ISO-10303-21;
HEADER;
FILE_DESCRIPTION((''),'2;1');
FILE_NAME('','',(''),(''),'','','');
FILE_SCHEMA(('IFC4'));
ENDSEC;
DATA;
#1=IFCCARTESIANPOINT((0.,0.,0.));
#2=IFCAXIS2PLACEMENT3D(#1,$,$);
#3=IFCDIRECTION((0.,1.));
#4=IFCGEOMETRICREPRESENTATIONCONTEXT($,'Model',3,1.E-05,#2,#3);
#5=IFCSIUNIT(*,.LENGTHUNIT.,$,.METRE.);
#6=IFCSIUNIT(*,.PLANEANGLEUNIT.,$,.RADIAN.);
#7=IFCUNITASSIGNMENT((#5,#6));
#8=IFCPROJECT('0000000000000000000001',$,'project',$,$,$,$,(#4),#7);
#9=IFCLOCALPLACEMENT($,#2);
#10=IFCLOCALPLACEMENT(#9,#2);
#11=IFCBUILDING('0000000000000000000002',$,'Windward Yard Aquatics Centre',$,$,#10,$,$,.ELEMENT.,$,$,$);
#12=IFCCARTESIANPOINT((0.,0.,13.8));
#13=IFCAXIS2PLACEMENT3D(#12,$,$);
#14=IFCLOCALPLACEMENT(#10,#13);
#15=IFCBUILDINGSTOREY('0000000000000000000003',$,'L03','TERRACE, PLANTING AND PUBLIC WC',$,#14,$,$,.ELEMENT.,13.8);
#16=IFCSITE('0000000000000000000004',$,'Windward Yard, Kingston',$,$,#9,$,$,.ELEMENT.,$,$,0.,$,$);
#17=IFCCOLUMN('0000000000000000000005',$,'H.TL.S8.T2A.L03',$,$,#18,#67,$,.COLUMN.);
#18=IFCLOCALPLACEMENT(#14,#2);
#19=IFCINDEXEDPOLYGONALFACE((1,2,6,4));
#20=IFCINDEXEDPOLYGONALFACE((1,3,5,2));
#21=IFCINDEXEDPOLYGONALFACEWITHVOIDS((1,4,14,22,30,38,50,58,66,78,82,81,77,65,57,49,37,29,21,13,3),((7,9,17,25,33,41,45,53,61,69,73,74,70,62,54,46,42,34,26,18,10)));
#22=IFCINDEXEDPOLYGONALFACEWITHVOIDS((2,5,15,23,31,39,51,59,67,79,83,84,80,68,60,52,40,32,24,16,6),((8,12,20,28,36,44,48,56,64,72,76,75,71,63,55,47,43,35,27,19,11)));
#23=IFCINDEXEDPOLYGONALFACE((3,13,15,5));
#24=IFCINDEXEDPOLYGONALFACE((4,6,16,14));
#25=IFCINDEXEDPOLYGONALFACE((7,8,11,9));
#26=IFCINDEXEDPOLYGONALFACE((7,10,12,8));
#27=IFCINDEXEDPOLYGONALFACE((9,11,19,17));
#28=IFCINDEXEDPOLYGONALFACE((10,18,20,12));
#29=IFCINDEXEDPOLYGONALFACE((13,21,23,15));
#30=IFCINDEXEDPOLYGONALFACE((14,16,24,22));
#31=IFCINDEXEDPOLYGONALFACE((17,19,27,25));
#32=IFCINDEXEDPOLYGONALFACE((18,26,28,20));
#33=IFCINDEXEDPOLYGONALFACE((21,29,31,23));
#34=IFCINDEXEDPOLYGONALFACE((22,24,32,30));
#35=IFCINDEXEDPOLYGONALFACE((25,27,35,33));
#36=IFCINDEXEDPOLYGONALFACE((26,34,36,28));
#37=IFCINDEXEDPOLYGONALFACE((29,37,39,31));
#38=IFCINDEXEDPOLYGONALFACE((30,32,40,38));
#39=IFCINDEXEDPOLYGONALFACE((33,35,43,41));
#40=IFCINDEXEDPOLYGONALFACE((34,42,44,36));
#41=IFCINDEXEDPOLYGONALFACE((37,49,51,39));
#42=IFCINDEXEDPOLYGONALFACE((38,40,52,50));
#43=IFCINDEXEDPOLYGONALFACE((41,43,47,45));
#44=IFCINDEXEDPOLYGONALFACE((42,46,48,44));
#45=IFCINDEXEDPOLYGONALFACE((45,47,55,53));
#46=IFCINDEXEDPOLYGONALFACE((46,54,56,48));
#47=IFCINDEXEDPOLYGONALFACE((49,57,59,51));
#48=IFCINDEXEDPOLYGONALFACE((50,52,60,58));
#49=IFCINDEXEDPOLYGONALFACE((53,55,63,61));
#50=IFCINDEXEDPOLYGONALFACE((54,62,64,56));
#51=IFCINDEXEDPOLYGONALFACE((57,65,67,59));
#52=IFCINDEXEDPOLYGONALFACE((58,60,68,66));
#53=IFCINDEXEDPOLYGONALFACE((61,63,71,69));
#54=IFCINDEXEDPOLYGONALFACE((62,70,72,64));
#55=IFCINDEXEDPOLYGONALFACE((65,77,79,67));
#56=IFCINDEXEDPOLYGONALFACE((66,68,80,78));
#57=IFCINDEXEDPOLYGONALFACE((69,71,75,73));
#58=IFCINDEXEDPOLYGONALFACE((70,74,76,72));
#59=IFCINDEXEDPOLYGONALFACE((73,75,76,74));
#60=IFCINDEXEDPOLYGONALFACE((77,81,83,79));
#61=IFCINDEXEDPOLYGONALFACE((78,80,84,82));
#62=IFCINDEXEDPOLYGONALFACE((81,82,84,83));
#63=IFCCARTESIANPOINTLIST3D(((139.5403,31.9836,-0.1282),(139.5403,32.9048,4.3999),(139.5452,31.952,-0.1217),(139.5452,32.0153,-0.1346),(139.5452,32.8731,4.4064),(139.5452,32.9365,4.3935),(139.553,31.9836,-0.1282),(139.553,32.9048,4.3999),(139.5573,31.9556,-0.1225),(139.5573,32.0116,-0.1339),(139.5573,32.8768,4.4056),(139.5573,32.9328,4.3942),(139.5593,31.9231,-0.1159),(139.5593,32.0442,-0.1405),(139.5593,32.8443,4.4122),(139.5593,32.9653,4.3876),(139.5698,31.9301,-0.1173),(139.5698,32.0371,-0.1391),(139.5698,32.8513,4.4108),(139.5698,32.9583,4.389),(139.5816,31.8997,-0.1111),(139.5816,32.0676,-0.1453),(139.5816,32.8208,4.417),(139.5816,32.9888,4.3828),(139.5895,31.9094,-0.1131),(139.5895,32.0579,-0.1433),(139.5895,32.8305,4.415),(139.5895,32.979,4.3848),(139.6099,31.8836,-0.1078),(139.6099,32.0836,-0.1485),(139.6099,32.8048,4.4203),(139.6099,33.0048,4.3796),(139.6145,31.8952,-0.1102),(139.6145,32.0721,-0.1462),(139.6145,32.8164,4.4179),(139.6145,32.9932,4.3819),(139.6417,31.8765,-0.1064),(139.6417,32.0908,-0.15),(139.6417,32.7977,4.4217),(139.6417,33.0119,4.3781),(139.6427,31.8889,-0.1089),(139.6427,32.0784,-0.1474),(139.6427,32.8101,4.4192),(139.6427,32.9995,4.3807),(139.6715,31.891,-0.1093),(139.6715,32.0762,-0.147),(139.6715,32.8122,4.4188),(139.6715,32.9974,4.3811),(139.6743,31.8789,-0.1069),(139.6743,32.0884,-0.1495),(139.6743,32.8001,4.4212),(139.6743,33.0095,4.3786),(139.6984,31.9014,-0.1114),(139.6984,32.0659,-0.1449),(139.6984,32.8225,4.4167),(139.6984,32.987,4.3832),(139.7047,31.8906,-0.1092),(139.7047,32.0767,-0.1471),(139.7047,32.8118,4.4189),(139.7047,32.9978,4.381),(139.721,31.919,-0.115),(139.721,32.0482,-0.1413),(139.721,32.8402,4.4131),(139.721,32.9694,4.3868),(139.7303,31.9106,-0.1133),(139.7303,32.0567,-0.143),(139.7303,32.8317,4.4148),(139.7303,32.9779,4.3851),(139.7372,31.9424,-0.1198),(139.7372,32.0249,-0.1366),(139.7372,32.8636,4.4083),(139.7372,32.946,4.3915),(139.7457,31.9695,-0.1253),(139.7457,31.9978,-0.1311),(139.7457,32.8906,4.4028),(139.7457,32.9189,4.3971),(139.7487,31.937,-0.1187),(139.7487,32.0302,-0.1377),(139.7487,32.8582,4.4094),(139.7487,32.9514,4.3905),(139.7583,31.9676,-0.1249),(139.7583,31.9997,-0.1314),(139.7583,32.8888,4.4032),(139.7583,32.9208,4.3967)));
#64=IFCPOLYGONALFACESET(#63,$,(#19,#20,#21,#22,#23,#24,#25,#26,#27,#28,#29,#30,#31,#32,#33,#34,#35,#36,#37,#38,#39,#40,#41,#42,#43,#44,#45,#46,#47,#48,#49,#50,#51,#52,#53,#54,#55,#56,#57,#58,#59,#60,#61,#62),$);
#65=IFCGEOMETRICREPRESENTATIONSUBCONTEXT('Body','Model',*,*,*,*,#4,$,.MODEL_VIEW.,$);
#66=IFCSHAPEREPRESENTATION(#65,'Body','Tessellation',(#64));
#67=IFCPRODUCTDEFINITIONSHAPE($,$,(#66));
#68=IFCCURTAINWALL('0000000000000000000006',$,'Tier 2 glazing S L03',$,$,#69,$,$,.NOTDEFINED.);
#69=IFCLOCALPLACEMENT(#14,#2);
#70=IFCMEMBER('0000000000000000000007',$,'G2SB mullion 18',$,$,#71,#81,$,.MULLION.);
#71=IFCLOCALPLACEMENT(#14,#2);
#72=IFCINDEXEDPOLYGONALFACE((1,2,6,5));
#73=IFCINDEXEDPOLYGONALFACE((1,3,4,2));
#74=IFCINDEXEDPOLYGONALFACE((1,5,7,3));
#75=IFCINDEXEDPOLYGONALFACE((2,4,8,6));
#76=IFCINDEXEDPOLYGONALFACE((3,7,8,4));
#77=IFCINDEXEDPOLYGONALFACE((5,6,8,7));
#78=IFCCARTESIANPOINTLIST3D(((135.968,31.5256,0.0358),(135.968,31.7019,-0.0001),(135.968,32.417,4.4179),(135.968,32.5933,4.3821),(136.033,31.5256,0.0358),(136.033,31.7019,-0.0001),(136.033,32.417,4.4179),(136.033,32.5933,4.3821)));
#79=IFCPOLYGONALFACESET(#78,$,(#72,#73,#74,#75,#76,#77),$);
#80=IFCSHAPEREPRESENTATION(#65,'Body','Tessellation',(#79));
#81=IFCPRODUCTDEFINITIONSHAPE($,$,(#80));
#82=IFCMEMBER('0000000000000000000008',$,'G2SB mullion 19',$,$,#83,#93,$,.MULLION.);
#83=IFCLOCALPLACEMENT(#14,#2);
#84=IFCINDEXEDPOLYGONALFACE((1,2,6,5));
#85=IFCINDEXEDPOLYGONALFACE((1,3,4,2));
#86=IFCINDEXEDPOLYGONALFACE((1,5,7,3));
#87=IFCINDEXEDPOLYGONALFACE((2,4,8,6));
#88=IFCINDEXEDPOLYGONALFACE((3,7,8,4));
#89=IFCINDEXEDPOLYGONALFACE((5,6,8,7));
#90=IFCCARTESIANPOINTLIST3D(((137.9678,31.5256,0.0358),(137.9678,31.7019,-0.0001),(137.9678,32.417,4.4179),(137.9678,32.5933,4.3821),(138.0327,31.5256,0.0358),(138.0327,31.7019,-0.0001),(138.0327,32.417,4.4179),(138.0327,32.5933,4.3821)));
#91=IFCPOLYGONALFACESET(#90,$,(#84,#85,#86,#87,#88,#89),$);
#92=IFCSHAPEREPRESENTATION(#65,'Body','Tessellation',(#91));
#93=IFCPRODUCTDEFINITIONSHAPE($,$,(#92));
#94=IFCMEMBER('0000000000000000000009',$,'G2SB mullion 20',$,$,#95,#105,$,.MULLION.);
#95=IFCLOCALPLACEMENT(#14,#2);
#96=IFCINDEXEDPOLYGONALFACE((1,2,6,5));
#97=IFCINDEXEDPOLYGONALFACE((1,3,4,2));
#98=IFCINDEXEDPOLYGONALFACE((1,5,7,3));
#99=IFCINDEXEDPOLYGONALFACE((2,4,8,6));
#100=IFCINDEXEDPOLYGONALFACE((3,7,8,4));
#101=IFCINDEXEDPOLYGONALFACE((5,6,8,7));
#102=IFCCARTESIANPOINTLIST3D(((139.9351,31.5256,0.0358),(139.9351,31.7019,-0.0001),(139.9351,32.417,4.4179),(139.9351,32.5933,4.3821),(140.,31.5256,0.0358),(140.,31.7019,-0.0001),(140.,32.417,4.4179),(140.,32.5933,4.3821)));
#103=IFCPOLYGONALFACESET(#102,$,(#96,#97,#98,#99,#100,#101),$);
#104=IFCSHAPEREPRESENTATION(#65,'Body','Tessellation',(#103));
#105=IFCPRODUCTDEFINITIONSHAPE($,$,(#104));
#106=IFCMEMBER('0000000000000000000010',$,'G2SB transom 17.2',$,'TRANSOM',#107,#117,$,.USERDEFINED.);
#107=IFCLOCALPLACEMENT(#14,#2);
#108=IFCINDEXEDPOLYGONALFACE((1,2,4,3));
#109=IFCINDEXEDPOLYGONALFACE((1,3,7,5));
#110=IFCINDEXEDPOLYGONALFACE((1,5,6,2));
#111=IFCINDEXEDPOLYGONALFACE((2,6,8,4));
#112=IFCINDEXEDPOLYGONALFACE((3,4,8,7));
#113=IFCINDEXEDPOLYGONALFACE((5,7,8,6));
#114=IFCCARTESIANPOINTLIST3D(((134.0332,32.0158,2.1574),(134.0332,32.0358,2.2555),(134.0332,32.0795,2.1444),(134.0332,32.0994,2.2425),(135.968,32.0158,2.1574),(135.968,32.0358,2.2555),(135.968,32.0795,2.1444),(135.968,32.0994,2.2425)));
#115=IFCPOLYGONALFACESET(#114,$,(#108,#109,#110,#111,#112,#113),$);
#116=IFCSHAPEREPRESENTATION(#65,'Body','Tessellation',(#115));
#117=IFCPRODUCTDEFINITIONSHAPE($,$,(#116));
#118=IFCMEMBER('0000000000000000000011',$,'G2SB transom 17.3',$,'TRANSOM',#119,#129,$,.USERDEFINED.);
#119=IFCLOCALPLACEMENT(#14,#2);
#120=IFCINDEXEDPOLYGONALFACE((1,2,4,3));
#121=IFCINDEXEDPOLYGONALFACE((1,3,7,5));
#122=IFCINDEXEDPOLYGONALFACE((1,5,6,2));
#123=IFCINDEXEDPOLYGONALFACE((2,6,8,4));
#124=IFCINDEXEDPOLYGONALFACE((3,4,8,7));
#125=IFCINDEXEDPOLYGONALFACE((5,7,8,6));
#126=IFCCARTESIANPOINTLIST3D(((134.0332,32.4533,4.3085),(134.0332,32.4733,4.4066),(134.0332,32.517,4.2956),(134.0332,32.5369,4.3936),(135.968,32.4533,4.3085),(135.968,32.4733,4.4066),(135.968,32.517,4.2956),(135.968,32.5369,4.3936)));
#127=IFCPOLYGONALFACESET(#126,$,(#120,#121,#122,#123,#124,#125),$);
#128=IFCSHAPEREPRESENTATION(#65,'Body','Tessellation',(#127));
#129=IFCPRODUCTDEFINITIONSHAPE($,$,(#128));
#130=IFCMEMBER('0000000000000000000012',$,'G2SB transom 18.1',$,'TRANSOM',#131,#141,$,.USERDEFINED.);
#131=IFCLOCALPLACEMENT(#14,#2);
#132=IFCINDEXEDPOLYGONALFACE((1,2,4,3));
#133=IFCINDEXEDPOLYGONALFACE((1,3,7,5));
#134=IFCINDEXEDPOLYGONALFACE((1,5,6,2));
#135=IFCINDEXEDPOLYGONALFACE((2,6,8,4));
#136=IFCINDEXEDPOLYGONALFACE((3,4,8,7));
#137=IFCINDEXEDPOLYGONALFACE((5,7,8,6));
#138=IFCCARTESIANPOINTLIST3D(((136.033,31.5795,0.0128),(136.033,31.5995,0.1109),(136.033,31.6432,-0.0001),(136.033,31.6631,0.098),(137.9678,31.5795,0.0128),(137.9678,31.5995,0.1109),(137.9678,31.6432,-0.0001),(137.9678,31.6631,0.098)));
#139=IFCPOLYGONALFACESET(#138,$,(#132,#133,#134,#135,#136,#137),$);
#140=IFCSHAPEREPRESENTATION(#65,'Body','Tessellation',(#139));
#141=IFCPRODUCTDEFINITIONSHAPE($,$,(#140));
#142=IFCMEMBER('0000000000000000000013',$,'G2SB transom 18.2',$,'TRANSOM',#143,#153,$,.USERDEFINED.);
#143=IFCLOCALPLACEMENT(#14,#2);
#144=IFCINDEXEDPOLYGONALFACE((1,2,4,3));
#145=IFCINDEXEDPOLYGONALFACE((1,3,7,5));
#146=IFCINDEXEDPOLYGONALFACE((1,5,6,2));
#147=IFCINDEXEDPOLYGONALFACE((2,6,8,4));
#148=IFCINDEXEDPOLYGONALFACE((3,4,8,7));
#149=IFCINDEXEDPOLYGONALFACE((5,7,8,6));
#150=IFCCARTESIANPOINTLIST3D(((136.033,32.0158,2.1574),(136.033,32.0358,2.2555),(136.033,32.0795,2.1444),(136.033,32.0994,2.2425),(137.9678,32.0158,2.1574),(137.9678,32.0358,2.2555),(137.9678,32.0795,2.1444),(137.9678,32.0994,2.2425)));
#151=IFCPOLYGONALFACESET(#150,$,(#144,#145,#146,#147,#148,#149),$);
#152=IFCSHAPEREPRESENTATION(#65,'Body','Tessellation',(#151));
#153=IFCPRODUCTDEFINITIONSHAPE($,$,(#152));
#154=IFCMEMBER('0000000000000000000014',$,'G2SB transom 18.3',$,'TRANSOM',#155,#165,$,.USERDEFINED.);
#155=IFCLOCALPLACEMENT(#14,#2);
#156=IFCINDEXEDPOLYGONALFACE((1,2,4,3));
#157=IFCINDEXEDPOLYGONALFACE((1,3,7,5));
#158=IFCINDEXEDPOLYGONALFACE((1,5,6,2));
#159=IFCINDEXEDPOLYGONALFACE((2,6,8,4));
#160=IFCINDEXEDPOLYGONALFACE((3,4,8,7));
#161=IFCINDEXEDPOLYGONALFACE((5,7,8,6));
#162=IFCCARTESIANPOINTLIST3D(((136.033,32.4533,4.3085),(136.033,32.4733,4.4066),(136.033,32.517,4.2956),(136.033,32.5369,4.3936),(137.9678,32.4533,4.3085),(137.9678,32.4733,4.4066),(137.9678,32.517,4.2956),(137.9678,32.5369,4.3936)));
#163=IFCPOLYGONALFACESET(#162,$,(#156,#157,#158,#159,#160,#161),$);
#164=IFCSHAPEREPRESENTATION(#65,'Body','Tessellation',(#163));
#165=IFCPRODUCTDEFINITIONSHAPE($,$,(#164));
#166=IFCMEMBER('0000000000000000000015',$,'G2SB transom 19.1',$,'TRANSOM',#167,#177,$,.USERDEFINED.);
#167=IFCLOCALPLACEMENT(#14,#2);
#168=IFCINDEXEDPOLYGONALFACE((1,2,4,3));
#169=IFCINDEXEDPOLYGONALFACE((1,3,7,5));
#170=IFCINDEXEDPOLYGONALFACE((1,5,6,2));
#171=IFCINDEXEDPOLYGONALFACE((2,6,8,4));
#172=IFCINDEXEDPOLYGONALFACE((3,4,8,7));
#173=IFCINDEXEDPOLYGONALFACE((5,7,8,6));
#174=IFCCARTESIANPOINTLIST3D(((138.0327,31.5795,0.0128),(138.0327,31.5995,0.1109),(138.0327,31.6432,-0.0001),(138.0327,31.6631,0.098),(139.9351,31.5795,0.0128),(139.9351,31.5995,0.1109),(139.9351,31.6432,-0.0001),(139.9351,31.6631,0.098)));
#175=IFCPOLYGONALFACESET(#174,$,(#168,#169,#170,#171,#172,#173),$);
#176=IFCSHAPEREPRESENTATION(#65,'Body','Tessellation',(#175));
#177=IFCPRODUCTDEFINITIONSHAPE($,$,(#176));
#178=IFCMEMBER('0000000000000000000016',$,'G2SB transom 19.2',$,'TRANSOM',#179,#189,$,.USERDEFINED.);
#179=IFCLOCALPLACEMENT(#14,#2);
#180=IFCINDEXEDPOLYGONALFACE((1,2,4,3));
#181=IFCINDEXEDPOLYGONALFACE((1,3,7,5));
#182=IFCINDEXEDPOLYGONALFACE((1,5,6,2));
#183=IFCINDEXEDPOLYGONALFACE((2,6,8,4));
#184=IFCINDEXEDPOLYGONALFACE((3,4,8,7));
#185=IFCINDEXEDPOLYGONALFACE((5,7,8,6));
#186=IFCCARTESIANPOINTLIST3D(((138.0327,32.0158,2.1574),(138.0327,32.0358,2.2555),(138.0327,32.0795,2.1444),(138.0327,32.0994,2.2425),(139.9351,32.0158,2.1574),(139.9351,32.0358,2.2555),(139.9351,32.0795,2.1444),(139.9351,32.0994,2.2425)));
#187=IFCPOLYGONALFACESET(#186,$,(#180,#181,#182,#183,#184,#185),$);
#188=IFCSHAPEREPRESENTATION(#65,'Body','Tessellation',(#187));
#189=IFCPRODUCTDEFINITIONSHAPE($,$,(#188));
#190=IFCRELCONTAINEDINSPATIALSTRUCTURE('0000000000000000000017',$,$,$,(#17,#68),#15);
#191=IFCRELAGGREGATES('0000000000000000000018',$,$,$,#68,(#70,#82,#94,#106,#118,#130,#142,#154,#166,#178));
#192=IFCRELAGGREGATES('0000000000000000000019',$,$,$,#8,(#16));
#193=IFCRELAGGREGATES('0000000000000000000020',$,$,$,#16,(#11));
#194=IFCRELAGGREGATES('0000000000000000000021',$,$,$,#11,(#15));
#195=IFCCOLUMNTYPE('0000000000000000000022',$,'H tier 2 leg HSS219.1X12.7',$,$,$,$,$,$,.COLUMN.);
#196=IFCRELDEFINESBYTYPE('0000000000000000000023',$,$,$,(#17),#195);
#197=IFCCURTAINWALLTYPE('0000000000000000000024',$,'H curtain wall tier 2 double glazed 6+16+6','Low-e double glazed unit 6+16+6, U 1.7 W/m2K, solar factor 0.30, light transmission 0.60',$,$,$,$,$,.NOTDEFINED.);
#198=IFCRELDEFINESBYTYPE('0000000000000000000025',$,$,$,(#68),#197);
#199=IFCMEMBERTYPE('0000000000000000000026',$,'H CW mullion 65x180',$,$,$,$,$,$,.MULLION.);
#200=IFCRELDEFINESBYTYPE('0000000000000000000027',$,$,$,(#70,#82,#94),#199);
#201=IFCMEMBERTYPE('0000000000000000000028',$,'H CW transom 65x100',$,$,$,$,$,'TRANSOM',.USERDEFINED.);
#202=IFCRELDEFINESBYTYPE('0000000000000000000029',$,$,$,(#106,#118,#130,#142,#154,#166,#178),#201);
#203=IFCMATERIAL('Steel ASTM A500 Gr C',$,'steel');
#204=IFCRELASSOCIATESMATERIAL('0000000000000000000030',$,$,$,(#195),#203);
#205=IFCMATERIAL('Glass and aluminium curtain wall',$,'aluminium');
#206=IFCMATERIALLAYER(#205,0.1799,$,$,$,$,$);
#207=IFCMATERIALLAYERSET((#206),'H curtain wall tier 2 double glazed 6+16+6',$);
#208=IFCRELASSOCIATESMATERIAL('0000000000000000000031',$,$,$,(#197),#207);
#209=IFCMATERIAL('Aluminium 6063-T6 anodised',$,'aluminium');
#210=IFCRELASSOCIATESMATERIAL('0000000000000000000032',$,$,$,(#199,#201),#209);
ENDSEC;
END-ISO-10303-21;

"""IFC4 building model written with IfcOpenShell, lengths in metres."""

from ifc_helpers import new_model, si_unit, direction, frame, origin, origin_2d, place, context, subcontext, project, spatial, rectangle, hollow_circle, extrude, material, layer, layer_set, material_profile, profile_set, type_object, element, aggregate, save


model = new_model("IFC4")

# Units and contexts
model_context = context("Model", 3, precision=1e-05, world=origin(), true_north=direction((0.0, 1.0)))
body_context = subcontext(model_context, "Body", "Model", "MODEL_VIEW")
ifc_project = project(units=[si_unit("LENGTHUNIT", "METRE"), si_unit("PLANEANGLEUNIT", "RADIAN")], contexts=[model_context])

# Site, building, storey
site_placement = place(None, origin())
site = spatial("IfcSite", under=ifc_project, at=site_placement, Name="Windward Yard, Kingston", CompositionType="ELEMENT", RefElevation=0.0)
building_placement = place(site_placement, origin())
building = spatial("IfcBuilding", under=site, at=building_placement, Name="Windward Yard Aquatics Centre", CompositionType="ELEMENT")
storey_placement = place(building_placement, frame((0.0, 0.0, 13.8)))
storey = spatial("IfcBuildingStorey", under=building, at=storey_placement, Name="L03", Description="TERRACE, PLANTING AND PUBLIC WC", CompositionType="ELEMENT", Elevation=13.8)

# Column
ifc_material_1 = material(Name="Steel ASTM A500 Gr C", Category="steel")
ifc_material_profile_1 = material_profile(ifc_material_1, hollow_circle(Radius=0.1096, WallThickness=0.0127, at=origin_2d()), Name="HSS219.1X12.7")
ifc_profile_set_1 = profile_set([ifc_material_profile_1], Name="Steel ASTM A500 Gr C")
column_type = type_object("IfcColumnType", Name="H tier 2 leg HSS219.1X12.7", PredefinedType="COLUMN", material=ifc_profile_set_1)
column_placement = place(storey_placement, frame((139.6499, 31.9836, -0.1282), z_axis=(0.0, 0.199346, 0.979929), x_axis=(-1.0, 0.0, 0.0)))
element("IfcColumn", 1, at=column_placement, inside=storey, type_object=column_type, Name="H.TL.S8.T2A.L03", PredefinedType="COLUMN", context=body_context, shape_type="SweptSolid", body=[
    extrude(hollow_circle(Radius=0.1096, WallThickness=0.0127, at=origin_2d()), origin(), (0.0, 0.0, 1.0), 4.6208),
])

# Curtain wall, members
ifc_material_2 = material(Name="Glass and aluminium curtain wall", Category="aluminium")
ifc_layer_1 = layer(ifc_material_2, 0.1799)
ifc_layer_set_1 = layer_set([ifc_layer_1], Name="H curtain wall tier 2 double glazed 6+16+6")
curtain_wall_type = type_object("IfcCurtainWallType", Name="H curtain wall tier 2 double glazed 6+16+6", Description="Low-e double glazed unit 6+16+6, U 1.7 W/m2K, solar factor 0.30, light transmission 0.60", PredefinedType="NOTDEFINED", material=ifc_layer_set_1)
curtain_wall_1_placement = place(storey_placement, origin())
curtain_wall_1 = element("IfcCurtainWall", 2, at=curtain_wall_1_placement, inside=storey, type_object=curtain_wall_type, Name="Tier 2 glazing S L03", PredefinedType="NOTDEFINED")
ifc_material_3 = material(Name="Aluminium 6063-T6 anodised", Category="aluminium")
ifc_material_profile_2 = material_profile(ifc_material_3, rectangle(XDim=0.0649, YDim=0.1799, at=origin_2d()), Name="H CW mullion 65x180")
ifc_profile_set_2 = profile_set([ifc_material_profile_2], Name="Aluminium 6063-T6 anodised")
member_type_1 = type_object("IfcMemberType", Name="H CW mullion 65x180", PredefinedType="MULLION", material=ifc_profile_set_2)
member_1_placement = place(storey_placement, frame((136.0005, 31.6138, 0.0178), z_axis=(0.0, 0.199328, 0.979933), x_axis=(-1.0, 0.0, 0.0)))
member_1 = element("IfcMember", 3, at=member_1_placement, type_object=member_type_1, Name="G2SB mullion 18", PredefinedType="MULLION", context=body_context, shape_type="SweptSolid", body=[
    extrude(rectangle(XDim=0.0649, YDim=0.1799, at=origin_2d()), origin(), (0.0, 0.0, 1.0), 4.4719),
])
member_2_placement = place(storey_placement, frame((138.0002, 31.6138, 0.0178), z_axis=(0.0, 0.199328, 0.979933), x_axis=(-1.0, 0.0, 0.0)))
member_2 = element("IfcMember", 4, at=member_2_placement, type_object=member_type_1, Name="G2SB mullion 19", PredefinedType="MULLION", context=body_context, shape_type="SweptSolid", body=[
    extrude(rectangle(XDim=0.0649, YDim=0.1799, at=origin_2d()), origin(), (0.0, 0.0, 1.0), 4.4719),
])
member_3_placement = place(storey_placement, frame((139.9675, 31.6138, 0.0178), z_axis=(0.0, 0.199328, 0.979933), x_axis=(-1.0, 0.0, 0.0)))
member_3 = element("IfcMember", 5, at=member_3_placement, type_object=member_type_1, Name="G2SB mullion 20", PredefinedType="MULLION", context=body_context, shape_type="SweptSolid", body=[
    extrude(rectangle(XDim=0.0649, YDim=0.1799, at=origin_2d()), origin(), (0.0, 0.0, 1.0), 4.4719),
])
ifc_material_profile_3 = material_profile(ifc_material_3, rectangle(XDim=0.0649, YDim=0.1001, at=origin_2d()), Name="H CW transom 65x100")
ifc_profile_set_3 = profile_set([ifc_material_profile_3], Name="Aluminium 6063-T6 anodised")
member_type_2 = type_object("IfcMemberType", Name="H CW transom 65x100", ElementType="TRANSOM", PredefinedType="USERDEFINED", material=ifc_profile_set_3)
member_4_placement = place(storey_placement, frame((134.0332, 32.0576, 2.2), z_axis=(1.0, 0.0, 0.0), x_axis=(0.0, -0.979925, 0.199368)))
member_4 = element("IfcMember", 6, at=member_4_placement, type_object=member_type_2, Name="G2SB transom 17.2", ObjectType="TRANSOM", PredefinedType="USERDEFINED", context=body_context, shape_type="SweptSolid", body=[
    extrude(rectangle(XDim=0.0649, YDim=0.1001, at=origin_2d()), origin(), (0.0, 0.0, 1.0), 1.9348),
])
member_5_placement = place(storey_placement, frame((134.0332, 32.4951, 4.3511), z_axis=(1.0, 0.0, 0.0), x_axis=(0.0, -0.979925, 0.199368)))
member_5 = element("IfcMember", 7, at=member_5_placement, type_object=member_type_2, Name="G2SB transom 17.3", ObjectType="TRANSOM", PredefinedType="USERDEFINED", context=body_context, shape_type="SweptSolid", body=[
    extrude(rectangle(XDim=0.0649, YDim=0.1001, at=origin_2d()), origin(), (0.0, 0.0, 1.0), 1.9348),
])
member_6_placement = place(storey_placement, frame((136.033, 31.6213, 0.0554), z_axis=(1.0, 0.0, 0.0), x_axis=(0.0, -0.979925, 0.199368)))
member_6 = element("IfcMember", 8, at=member_6_placement, type_object=member_type_2, Name="G2SB transom 18.1", ObjectType="TRANSOM", PredefinedType="USERDEFINED", context=body_context, shape_type="SweptSolid", body=[
    extrude(rectangle(XDim=0.0649, YDim=0.1001, at=origin_2d()), origin(), (0.0, 0.0, 1.0), 1.9348),
])
member_7_placement = place(storey_placement, frame((136.033, 32.0576, 2.2), z_axis=(1.0, 0.0, 0.0), x_axis=(0.0, -0.979925, 0.199368)))
member_7 = element("IfcMember", 9, at=member_7_placement, type_object=member_type_2, Name="G2SB transom 18.2", ObjectType="TRANSOM", PredefinedType="USERDEFINED", context=body_context, shape_type="SweptSolid", body=[
    extrude(rectangle(XDim=0.0649, YDim=0.1001, at=origin_2d()), origin(), (0.0, 0.0, 1.0), 1.9348),
])
member_8_placement = place(storey_placement, frame((136.033, 32.4951, 4.3511), z_axis=(1.0, 0.0, 0.0), x_axis=(0.0, -0.979925, 0.199368)))
member_8 = element("IfcMember", 10, at=member_8_placement, type_object=member_type_2, Name="G2SB transom 18.3", ObjectType="TRANSOM", PredefinedType="USERDEFINED", context=body_context, shape_type="SweptSolid", body=[
    extrude(rectangle(XDim=0.0649, YDim=0.1001, at=origin_2d()), origin(), (0.0, 0.0, 1.0), 1.9348),
])
member_9_placement = place(storey_placement, frame((138.0327, 31.6213, 0.0554), z_axis=(1.0, 0.0, 0.0), x_axis=(0.0, -0.979925, 0.199368)))
member_9 = element("IfcMember", 11, at=member_9_placement, type_object=member_type_2, Name="G2SB transom 19.1", ObjectType="TRANSOM", PredefinedType="USERDEFINED", context=body_context, shape_type="SweptSolid", body=[
    extrude(rectangle(XDim=0.0649, YDim=0.1001, at=origin_2d()), origin(), (0.0, 0.0, 1.0), 1.9023),
])
member_10_placement = place(storey_placement, frame((138.0327, 32.0576, 2.2), z_axis=(1.0, 0.0, 0.0), x_axis=(0.0, -0.979925, 0.199368)))
member_10 = element("IfcMember", 12, at=member_10_placement, type_object=member_type_2, Name="G2SB transom 19.2", ObjectType="TRANSOM", PredefinedType="USERDEFINED", context=body_context, shape_type="SweptSolid", body=[
    extrude(rectangle(XDim=0.0649, YDim=0.1001, at=origin_2d()), origin(), (0.0, 0.0, 1.0), 1.9023),
])

aggregate(curtain_wall_1, [member_1, member_2, member_3, member_4, member_5, member_6, member_7, member_8, member_9, member_10])

save(model, "model.ifc")
